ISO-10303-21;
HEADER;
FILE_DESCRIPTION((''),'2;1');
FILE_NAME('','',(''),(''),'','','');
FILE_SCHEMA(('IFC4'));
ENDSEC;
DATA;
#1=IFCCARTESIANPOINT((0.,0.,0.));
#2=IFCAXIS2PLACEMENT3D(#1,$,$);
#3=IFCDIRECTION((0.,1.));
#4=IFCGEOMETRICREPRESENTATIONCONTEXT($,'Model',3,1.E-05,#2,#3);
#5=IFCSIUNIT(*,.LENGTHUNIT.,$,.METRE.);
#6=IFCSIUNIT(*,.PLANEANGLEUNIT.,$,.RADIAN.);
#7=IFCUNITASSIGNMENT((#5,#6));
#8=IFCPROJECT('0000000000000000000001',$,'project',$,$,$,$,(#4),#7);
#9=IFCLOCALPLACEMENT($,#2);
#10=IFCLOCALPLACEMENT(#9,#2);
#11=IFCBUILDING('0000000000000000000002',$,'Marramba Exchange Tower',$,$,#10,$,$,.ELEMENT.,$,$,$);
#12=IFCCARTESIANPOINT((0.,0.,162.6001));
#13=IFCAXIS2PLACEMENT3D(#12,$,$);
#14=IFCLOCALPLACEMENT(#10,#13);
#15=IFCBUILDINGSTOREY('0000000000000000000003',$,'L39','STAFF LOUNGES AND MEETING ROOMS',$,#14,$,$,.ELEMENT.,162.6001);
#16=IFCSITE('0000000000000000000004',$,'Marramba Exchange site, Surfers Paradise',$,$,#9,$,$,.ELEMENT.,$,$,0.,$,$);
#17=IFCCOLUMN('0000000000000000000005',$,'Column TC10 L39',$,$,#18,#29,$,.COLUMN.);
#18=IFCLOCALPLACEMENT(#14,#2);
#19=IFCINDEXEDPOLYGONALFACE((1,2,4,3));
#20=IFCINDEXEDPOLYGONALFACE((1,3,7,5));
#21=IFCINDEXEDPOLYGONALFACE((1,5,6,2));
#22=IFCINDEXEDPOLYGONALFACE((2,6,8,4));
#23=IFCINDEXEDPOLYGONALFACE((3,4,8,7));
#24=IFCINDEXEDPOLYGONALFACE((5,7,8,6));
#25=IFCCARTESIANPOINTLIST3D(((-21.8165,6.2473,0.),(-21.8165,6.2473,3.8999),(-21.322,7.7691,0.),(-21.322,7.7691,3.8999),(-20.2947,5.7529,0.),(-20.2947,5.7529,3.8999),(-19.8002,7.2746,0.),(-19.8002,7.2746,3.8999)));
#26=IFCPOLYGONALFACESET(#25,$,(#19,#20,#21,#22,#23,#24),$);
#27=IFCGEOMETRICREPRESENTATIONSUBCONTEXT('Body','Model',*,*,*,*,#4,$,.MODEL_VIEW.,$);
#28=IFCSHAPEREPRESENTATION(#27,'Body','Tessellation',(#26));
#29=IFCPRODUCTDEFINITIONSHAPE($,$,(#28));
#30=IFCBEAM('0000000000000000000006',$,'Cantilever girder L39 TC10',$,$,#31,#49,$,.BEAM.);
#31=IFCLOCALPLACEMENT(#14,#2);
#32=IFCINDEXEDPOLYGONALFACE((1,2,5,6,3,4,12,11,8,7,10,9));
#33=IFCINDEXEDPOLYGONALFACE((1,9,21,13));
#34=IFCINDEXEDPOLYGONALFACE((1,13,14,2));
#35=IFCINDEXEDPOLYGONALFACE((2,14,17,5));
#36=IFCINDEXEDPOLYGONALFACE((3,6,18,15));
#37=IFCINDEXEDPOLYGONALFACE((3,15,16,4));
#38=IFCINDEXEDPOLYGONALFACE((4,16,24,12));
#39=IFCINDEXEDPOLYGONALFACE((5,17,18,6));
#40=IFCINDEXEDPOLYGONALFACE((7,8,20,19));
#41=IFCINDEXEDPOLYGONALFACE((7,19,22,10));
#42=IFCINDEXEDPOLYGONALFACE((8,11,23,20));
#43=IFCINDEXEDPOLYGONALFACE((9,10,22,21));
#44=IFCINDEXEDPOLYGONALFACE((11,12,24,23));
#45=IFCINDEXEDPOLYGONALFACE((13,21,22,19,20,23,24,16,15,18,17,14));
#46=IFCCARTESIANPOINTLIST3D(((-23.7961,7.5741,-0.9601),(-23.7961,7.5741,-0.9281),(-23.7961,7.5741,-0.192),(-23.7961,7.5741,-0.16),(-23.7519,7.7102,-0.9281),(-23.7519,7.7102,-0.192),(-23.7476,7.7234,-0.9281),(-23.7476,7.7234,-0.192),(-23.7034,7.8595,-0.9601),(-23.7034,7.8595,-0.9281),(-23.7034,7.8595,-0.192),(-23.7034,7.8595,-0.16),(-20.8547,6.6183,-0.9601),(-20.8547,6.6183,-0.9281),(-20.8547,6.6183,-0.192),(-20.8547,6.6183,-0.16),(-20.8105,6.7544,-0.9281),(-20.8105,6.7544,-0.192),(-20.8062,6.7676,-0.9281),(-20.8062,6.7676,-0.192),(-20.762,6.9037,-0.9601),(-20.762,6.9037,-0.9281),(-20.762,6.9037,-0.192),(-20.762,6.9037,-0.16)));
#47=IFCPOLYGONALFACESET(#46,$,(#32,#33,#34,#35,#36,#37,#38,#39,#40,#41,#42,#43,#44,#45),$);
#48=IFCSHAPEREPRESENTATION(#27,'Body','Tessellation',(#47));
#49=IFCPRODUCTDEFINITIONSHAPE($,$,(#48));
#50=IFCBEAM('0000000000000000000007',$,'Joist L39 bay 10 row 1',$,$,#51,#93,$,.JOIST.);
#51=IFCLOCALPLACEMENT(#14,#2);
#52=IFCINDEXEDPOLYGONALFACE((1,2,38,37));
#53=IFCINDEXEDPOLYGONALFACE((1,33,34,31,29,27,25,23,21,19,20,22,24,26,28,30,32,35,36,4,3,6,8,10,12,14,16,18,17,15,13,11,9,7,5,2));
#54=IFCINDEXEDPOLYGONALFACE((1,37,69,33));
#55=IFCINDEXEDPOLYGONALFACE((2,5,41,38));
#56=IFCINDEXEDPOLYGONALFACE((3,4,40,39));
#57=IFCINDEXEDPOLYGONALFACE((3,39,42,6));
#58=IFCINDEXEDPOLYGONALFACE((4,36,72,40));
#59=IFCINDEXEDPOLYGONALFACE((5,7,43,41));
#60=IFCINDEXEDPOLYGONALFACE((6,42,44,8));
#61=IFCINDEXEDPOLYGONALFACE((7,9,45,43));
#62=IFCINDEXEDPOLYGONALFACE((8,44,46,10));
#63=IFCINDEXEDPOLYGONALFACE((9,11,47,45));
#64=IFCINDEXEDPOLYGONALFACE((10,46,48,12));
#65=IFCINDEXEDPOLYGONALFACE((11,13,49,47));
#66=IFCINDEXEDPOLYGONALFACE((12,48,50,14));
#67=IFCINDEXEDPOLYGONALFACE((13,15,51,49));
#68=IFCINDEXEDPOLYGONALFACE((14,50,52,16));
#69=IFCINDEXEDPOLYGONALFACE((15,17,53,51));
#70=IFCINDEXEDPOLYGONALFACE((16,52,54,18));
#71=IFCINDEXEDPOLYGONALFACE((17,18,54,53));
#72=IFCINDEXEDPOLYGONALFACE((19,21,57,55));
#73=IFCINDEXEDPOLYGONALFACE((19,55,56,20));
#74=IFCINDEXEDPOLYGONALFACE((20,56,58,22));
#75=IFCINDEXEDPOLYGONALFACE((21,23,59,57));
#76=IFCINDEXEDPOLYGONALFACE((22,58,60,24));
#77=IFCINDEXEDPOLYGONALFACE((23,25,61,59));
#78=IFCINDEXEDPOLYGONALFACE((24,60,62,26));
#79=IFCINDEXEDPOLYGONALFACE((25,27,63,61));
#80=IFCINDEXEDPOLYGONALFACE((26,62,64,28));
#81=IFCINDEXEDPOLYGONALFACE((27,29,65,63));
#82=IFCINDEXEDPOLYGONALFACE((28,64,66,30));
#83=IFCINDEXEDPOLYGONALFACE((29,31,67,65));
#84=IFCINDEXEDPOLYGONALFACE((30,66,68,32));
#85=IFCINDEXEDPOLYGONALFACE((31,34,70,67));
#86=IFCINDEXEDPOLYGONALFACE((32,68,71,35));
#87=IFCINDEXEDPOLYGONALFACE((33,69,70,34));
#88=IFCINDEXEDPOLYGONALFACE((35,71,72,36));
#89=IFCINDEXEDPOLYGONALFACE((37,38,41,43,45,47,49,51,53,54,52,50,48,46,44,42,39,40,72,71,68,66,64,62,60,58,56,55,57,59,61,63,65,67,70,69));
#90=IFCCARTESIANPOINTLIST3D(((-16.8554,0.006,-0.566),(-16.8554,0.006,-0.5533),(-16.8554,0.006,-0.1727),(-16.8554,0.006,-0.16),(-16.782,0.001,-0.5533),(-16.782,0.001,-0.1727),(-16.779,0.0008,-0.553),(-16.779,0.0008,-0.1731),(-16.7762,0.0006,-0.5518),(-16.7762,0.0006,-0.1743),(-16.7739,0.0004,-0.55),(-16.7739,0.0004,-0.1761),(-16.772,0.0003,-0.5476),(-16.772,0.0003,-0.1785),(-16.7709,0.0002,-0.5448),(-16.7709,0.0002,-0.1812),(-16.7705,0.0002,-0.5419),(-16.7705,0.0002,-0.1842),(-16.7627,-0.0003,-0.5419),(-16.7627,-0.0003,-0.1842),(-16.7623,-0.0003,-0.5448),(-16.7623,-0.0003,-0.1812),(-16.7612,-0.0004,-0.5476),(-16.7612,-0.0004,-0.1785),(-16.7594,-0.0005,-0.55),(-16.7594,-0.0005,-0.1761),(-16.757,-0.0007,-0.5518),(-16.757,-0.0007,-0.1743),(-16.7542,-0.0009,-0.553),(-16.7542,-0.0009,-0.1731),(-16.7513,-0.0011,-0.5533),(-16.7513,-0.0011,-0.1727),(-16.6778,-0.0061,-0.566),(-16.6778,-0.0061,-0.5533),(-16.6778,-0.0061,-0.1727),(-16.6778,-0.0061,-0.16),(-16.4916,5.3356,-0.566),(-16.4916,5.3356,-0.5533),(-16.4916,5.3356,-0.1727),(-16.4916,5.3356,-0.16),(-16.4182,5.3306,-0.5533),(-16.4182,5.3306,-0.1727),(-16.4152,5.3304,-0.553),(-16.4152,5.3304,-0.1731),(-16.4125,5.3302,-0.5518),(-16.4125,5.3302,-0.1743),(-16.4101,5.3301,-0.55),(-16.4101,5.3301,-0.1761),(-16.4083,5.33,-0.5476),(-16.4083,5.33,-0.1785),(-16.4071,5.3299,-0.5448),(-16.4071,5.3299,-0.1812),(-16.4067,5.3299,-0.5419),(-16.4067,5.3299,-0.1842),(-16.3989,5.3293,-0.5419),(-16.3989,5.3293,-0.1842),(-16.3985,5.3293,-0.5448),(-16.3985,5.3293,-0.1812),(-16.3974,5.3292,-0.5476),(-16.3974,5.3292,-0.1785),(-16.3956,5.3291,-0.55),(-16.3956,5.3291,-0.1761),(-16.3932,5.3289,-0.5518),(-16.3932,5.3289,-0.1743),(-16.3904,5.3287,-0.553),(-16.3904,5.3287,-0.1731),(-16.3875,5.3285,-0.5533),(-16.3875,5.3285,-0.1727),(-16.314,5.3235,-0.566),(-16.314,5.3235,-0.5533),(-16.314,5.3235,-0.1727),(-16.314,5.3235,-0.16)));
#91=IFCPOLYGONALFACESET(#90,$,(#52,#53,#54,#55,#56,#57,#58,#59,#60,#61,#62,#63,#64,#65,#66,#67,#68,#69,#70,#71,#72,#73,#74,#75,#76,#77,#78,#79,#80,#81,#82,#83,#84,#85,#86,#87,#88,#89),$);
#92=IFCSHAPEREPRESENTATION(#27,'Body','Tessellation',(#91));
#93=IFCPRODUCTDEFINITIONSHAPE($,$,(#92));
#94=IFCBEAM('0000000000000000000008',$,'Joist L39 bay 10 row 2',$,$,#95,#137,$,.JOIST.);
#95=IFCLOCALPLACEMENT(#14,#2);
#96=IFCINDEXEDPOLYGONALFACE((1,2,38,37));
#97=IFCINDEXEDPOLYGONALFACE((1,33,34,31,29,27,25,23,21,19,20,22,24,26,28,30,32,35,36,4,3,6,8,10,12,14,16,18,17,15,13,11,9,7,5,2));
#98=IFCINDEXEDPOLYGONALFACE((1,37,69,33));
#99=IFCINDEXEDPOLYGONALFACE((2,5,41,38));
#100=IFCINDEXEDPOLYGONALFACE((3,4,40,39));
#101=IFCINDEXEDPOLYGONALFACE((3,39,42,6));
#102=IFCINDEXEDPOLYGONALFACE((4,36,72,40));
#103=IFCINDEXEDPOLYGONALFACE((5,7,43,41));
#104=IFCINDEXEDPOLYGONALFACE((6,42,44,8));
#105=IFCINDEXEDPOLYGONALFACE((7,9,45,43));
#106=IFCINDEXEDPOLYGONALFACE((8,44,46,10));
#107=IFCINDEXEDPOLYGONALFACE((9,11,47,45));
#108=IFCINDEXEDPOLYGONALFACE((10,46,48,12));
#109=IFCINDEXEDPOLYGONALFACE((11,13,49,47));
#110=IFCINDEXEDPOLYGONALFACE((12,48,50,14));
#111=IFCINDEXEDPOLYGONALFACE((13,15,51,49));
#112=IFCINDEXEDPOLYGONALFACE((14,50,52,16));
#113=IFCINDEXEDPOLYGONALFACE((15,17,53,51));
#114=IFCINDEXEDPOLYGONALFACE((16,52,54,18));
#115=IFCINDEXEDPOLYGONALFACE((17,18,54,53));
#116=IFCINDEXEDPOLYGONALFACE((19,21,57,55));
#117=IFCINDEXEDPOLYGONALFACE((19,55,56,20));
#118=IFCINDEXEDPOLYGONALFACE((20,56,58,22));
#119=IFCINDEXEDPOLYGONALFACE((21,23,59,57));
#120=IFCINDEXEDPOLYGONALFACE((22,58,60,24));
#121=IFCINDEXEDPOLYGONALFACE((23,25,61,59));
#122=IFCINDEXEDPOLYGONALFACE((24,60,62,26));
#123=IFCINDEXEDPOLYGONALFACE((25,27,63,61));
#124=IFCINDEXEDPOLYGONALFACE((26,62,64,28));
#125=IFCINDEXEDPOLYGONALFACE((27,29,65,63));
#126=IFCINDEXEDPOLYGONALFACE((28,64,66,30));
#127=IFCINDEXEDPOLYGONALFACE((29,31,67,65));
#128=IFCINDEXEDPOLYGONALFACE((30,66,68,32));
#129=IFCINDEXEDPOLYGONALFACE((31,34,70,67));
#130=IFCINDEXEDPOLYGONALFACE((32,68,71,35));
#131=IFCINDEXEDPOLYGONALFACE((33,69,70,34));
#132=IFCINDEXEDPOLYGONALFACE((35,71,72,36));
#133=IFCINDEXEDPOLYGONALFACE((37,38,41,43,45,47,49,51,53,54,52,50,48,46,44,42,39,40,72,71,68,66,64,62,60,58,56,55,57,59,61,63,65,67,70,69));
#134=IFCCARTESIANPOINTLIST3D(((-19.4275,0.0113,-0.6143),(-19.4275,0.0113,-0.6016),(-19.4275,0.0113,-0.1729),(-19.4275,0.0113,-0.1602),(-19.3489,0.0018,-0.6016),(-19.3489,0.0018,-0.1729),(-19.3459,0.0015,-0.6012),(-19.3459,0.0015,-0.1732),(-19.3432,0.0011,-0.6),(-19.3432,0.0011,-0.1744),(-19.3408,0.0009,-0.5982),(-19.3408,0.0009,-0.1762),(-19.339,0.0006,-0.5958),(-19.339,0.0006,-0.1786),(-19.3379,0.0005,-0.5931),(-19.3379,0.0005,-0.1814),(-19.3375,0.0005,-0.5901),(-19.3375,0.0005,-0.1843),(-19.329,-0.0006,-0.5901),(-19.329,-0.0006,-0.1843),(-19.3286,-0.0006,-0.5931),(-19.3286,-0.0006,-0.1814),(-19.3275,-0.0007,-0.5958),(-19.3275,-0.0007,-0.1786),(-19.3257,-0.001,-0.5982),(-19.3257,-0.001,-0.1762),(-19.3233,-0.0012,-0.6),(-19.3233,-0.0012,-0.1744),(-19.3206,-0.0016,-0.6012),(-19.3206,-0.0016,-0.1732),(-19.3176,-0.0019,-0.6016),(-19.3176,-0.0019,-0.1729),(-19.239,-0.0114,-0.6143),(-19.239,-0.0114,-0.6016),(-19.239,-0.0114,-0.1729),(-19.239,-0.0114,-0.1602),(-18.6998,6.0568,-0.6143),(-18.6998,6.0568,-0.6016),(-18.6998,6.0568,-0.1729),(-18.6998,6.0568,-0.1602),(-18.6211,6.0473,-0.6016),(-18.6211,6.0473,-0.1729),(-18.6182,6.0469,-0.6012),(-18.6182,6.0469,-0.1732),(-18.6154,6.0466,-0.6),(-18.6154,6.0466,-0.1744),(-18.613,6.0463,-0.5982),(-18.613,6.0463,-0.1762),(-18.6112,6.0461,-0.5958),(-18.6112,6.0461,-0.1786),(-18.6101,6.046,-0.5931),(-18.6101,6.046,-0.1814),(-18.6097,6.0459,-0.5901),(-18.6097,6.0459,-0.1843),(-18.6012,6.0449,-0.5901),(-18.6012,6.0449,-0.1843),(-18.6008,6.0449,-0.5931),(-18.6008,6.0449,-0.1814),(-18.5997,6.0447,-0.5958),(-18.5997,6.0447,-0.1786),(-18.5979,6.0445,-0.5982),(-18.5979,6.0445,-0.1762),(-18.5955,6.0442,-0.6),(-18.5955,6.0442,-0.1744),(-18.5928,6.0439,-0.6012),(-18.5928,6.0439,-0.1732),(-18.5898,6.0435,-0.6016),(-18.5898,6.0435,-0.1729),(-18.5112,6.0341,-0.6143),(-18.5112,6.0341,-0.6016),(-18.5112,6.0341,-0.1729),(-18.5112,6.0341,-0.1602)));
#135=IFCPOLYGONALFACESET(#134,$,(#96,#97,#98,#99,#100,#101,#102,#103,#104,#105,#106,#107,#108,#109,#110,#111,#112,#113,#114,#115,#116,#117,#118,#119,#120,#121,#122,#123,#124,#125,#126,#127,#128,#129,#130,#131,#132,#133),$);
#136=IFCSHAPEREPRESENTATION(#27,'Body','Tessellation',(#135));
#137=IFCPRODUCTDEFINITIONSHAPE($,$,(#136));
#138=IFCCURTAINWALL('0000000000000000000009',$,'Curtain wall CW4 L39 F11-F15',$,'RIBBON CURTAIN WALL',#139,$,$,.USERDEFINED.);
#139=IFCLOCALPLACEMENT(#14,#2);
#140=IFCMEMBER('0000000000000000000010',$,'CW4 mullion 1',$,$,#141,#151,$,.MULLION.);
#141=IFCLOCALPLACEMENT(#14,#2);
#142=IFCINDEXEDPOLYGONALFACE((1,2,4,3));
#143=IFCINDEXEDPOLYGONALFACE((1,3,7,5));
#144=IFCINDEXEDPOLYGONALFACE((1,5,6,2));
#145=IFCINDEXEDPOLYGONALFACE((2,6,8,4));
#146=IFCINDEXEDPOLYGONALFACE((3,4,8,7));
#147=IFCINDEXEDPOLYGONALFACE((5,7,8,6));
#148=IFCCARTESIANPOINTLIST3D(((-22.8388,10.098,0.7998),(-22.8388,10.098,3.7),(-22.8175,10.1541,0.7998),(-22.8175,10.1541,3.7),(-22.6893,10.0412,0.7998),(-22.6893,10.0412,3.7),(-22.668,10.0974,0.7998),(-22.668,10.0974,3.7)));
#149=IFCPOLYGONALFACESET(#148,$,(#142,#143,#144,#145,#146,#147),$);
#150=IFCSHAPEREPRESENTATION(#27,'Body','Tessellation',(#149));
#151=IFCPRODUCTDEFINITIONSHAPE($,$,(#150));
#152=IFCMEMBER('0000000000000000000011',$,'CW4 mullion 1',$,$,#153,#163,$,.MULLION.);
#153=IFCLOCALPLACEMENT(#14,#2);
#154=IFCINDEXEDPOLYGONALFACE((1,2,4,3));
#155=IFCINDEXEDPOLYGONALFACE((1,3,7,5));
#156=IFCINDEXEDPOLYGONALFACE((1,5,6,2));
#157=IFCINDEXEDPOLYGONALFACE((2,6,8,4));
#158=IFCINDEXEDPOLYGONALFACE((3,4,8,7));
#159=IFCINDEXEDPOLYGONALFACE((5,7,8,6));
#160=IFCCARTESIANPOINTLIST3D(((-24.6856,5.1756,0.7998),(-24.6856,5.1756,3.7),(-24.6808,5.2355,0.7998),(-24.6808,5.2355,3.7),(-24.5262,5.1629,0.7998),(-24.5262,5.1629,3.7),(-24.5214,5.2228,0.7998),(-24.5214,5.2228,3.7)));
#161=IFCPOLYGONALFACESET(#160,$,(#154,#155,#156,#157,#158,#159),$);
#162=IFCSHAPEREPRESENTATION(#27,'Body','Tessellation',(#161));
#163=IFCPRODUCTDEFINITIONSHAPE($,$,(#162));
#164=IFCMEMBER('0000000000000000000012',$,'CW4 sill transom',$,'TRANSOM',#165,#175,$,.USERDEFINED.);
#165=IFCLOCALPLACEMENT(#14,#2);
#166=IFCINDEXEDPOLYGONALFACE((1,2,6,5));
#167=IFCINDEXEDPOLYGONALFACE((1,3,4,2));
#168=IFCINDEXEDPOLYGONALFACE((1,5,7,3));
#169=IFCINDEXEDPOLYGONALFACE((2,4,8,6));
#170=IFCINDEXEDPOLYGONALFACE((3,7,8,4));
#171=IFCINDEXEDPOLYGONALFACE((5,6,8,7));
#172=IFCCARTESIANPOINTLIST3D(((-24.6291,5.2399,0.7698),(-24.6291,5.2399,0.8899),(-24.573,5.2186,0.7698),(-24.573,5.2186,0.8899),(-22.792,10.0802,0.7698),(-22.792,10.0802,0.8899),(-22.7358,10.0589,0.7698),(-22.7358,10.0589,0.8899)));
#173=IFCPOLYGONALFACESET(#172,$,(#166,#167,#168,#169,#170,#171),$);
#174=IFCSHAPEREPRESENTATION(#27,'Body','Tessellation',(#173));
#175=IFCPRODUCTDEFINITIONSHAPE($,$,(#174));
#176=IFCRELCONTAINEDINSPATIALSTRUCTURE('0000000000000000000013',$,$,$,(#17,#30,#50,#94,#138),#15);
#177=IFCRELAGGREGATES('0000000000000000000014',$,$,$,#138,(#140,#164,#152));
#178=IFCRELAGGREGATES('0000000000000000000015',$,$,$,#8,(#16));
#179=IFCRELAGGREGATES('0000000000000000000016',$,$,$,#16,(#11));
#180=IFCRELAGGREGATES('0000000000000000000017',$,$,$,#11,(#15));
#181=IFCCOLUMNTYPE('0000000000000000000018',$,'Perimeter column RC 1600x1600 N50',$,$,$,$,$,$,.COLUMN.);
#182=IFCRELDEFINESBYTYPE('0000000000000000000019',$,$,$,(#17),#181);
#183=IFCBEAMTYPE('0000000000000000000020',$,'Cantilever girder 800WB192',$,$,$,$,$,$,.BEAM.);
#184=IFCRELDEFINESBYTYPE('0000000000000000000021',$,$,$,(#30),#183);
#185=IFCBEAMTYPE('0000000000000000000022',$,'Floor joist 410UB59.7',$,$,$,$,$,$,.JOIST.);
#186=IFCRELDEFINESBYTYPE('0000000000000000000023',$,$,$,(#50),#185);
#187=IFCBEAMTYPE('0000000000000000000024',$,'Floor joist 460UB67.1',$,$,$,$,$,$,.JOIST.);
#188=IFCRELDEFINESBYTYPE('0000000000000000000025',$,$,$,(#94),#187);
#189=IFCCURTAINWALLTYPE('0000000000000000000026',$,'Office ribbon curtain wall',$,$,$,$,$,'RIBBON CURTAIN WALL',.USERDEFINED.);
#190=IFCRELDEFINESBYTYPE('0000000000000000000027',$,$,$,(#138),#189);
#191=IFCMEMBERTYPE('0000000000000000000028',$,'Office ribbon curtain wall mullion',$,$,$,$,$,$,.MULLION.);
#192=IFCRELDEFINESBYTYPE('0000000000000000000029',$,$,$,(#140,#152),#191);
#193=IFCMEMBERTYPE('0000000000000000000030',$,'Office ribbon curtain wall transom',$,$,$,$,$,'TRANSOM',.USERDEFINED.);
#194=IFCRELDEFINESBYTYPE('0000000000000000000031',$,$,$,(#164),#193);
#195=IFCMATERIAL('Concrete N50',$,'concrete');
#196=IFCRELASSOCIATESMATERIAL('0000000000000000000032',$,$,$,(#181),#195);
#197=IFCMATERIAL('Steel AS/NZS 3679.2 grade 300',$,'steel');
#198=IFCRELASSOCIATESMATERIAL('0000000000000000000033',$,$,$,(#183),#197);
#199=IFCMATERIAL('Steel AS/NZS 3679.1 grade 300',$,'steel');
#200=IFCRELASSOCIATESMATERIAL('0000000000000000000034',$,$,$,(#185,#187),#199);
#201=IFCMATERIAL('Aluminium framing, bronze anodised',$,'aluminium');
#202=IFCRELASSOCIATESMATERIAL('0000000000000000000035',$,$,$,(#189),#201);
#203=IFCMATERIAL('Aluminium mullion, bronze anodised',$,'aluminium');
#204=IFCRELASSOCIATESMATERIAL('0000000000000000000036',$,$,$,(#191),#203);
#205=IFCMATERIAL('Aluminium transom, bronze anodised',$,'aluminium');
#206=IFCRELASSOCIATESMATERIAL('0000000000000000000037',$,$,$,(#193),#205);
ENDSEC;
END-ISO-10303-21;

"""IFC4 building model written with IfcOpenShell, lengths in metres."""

from ifc_helpers import new_model, si_unit, direction, frame, origin, origin_2d, place, context, subcontext, project, spatial, rectangle, i_section, extrude, material, material_profile, profile_set, type_object, element, aggregate, save


model = new_model("IFC4")

# Units and contexts
model_context = context("Model", 3, precision=1e-05, world=origin(), true_north=direction((0.0, 1.0)))
body_context = subcontext(model_context, "Body", "Model", "MODEL_VIEW")
ifc_project = project(units=[si_unit("LENGTHUNIT", "METRE"), si_unit("PLANEANGLEUNIT", "RADIAN")], contexts=[model_context])

# Site, building, storey
site_placement = place(None, origin())
site = spatial("IfcSite", under=ifc_project, at=site_placement, Name="Marramba Exchange site, Surfers Paradise", CompositionType="ELEMENT", RefElevation=0.0)
building_placement = place(site_placement, origin())
building = spatial("IfcBuilding", under=site, at=building_placement, Name="Marramba Exchange Tower", CompositionType="ELEMENT")
storey_placement = place(building_placement, frame((0.0, 0.0, 162.6001)))
storey = spatial("IfcBuildingStorey", under=building, at=storey_placement, Name="L39", Description="STAFF LOUNGES AND MEETING ROOMS", CompositionType="ELEMENT", Elevation=162.6001)

# Column
ifc_material_1 = material(Name="Concrete N50", Category="concrete")
ifc_material_profile_1 = material_profile(ifc_material_1, rectangle(XDim=1.6001, YDim=1.6001, at=origin_2d()), Name="RC 1600x1600")
ifc_profile_set_1 = profile_set([ifc_material_profile_1], Name="Concrete N50")
column_type = type_object("IfcColumnType", Name="Perimeter column RC 1600x1600 N50", PredefinedType="COLUMN", material=ifc_profile_set_1)
column_placement = place(storey_placement, frame((-20.8083, 6.761, 0.0), z_axis=(0.0, 0.0, 1.0), x_axis=(-0.951057, 0.309017, 0.0)))
element("IfcColumn", 1, at=column_placement, inside=storey, type_object=column_type, Name="Column TC10 L39", PredefinedType="COLUMN", context=body_context, shape_type="SweptSolid", body=[
    extrude(rectangle(XDim=1.6001, YDim=1.6001, at=origin_2d()), origin(), (0.0, 0.0, 1.0), 3.8999),
])

# Beams
ifc_material_2 = material(Name="Steel AS/NZS 3679.2 grade 300", Category="steel")
ifc_material_profile_2 = material_profile(ifc_material_2, i_section(OverallWidth=0.3, OverallDepth=0.8, WebThickness=0.0139, FlangeThickness=0.032, at=origin_2d()), Name="800WB192")
ifc_profile_set_2 = profile_set([ifc_material_profile_2], Name="Steel AS/NZS 3679.2 grade 300")
beam_type_1 = type_object("IfcBeamType", Name="Cantilever girder 800WB192", PredefinedType="BEAM", material=ifc_profile_set_2)
beam_1_placement = place(storey_placement, frame((-20.8083, 6.761, -0.5601), z_axis=(-0.951048, 0.309043, 0.0), x_axis=(-0.309043, -0.951048, 0.0)))
element("IfcBeam", 2, at=beam_1_placement, inside=storey, type_object=beam_type_1, Name="Cantilever girder L39 TC10", PredefinedType="BEAM", context=body_context, shape_type="SweptSolid", body=[
    extrude(i_section(OverallWidth=0.3, OverallDepth=0.8, WebThickness=0.0139, FlangeThickness=0.032, at=origin_2d()), origin(), (0.0, 0.0, 1.0), 3.0928),
])
ifc_material_3 = material(Name="Steel AS/NZS 3679.1 grade 300", Category="steel")
ifc_material_profile_3 = material_profile(ifc_material_3, i_section(OverallWidth=0.178, OverallDepth=0.406, WebThickness=0.0078, FlangeThickness=0.0127, FilletRadius=0.0115, at=origin_2d()), Name="410UB59.7")
ifc_profile_set_3 = profile_set([ifc_material_profile_3], Name="Steel AS/NZS 3679.1 grade 300")
beam_type_2 = type_object("IfcBeamType", Name="Floor joist 410UB59.7", PredefinedType="JOIST", material=ifc_profile_set_3)
beam_2_placement = place(storey_placement, frame((-16.4028, 5.3296, -0.363), z_axis=(-0.068096, -0.997679, 0.0), x_axis=(0.997679, -0.068096, 0.0)))
element("IfcBeam", 3, at=beam_2_placement, inside=storey, type_object=beam_type_2, Name="Joist L39 bay 10 row 1", PredefinedType="JOIST", context=body_context, shape_type="SweptSolid", body=[
    extrude(i_section(OverallWidth=0.178, OverallDepth=0.406, WebThickness=0.0078, FlangeThickness=0.0127, FilletRadius=0.0115, at=origin_2d()), origin(), (0.0, 0.0, 1.0), 5.342),
])
ifc_material_profile_4 = material_profile(ifc_material_3, i_section(OverallWidth=0.1899, OverallDepth=0.4541, WebThickness=0.0085, FlangeThickness=0.0127, FilletRadius=0.0115, at=origin_2d()), Name="460UB67.1")
ifc_profile_set_4 = profile_set([ifc_material_profile_4], Name="Steel AS/NZS 3679.1 grade 300")
beam_type_3 = type_object("IfcBeamType", Name="Floor joist 460UB67.1", PredefinedType="JOIST", material=ifc_profile_set_4)
beam_3_placement = place(storey_placement, frame((-18.6055, 6.0454, -0.3872), z_axis=(-0.119523, -0.992831, 0.0), x_axis=(0.992831, -0.119523, 0.0)))
element("IfcBeam", 4, at=beam_3_placement, inside=storey, type_object=beam_type_3, Name="Joist L39 bay 10 row 2", PredefinedType="JOIST", context=body_context, shape_type="SweptSolid", body=[
    extrude(i_section(OverallWidth=0.1899, OverallDepth=0.4541, WebThickness=0.0085, FlangeThickness=0.0127, FilletRadius=0.0115, at=origin_2d()), origin(), (0.0, 0.0, 1.0), 6.0891),
])

# Curtain wall, members
ifc_material_4 = material(Name="Aluminium framing, bronze anodised", Category="aluminium")
curtain_wall_type = type_object("IfcCurtainWallType", Name="Office ribbon curtain wall", ElementType="RIBBON CURTAIN WALL", PredefinedType="USERDEFINED", material=ifc_material_4)
curtain_wall_placement = place(storey_placement, origin())
curtain_wall = element("IfcCurtainWall", 5, at=curtain_wall_placement, inside=storey, type_object=curtain_wall_type, Name="Curtain wall CW4 L39 F11-F15", ObjectType="RIBBON CURTAIN WALL", PredefinedType="USERDEFINED")
ifc_material_5 = material(Name="Aluminium mullion, bronze anodised", Category="aluminium")
ifc_material_profile_5 = material_profile(ifc_material_5, rectangle(XDim=0.1599, YDim=0.0601, at=origin_2d()), Name="CW4 mullion 60x160")
ifc_profile_set_5 = profile_set([ifc_material_profile_5], Name="Aluminium mullion, bronze anodised")
member_type_1 = type_object("IfcMemberType", Name="Office ribbon curtain wall mullion", PredefinedType="MULLION", material=ifc_profile_set_5)
member_1_placement = place(storey_placement, frame((-22.7534, 10.0977, 0.7998), z_axis=(0.0, 0.0, 1.0), x_axis=(0.934925, -0.354844, 0.0)))
member_1 = element("IfcMember", 6, at=member_1_placement, type_object=member_type_1, Name="CW4 mullion 1", PredefinedType="MULLION", context=body_context, shape_type="SweptSolid", body=[
    extrude(rectangle(XDim=0.1599, YDim=0.0601, at=origin_2d()), origin(), (0.0, 0.0, 1.0), 2.9001),
])
member_2_placement = place(storey_placement, frame((-24.6035, 5.1992, 0.7998), z_axis=(0.0, 0.0, 1.0), x_axis=(0.996838, -0.07946, 0.0)))
member_2 = element("IfcMember", 7, at=member_2_placement, type_object=member_type_1, Name="CW4 mullion 1", PredefinedType="MULLION", context=body_context, shape_type="SweptSolid", body=[
    extrude(rectangle(XDim=0.1599, YDim=0.0601, at=origin_2d()), origin(), (0.0, 0.0, 1.0), 2.9001),
])
ifc_material_6 = material(Name="Aluminium transom, bronze anodised", Category="aluminium")
ifc_material_profile_6 = material_profile(ifc_material_6, rectangle(XDim=0.0601, YDim=0.1201, at=origin_2d()), Name="CW4 transom 60x120")
ifc_profile_set_6 = profile_set([ifc_material_profile_6], Name="Aluminium transom, bronze anodised")
member_type_2 = type_object("IfcMemberType", Name="Office ribbon curtain wall transom", ElementType="TRANSOM", PredefinedType="USERDEFINED", material=ifc_profile_set_6)
member_3_placement = place(storey_placement, frame((-22.7639, 10.0696, 0.8298), z_axis=(-0.354852, -0.934923, 0.0), x_axis=(0.934923, -0.354852, 0.0)))
member_3 = element("IfcMember", 8, at=member_3_placement, type_object=member_type_2, Name="CW4 sill transom", ObjectType="TRANSOM", PredefinedType="USERDEFINED", context=body_context, shape_type="SweptSolid", body=[
    extrude(rectangle(XDim=0.0601, YDim=0.1201, at=origin_2d()), origin(), (0.0, 0.0, 1.0), 5.1772),
])

aggregate(curtain_wall, [member_1, member_3, member_2])

save(model, "model.ifc")
